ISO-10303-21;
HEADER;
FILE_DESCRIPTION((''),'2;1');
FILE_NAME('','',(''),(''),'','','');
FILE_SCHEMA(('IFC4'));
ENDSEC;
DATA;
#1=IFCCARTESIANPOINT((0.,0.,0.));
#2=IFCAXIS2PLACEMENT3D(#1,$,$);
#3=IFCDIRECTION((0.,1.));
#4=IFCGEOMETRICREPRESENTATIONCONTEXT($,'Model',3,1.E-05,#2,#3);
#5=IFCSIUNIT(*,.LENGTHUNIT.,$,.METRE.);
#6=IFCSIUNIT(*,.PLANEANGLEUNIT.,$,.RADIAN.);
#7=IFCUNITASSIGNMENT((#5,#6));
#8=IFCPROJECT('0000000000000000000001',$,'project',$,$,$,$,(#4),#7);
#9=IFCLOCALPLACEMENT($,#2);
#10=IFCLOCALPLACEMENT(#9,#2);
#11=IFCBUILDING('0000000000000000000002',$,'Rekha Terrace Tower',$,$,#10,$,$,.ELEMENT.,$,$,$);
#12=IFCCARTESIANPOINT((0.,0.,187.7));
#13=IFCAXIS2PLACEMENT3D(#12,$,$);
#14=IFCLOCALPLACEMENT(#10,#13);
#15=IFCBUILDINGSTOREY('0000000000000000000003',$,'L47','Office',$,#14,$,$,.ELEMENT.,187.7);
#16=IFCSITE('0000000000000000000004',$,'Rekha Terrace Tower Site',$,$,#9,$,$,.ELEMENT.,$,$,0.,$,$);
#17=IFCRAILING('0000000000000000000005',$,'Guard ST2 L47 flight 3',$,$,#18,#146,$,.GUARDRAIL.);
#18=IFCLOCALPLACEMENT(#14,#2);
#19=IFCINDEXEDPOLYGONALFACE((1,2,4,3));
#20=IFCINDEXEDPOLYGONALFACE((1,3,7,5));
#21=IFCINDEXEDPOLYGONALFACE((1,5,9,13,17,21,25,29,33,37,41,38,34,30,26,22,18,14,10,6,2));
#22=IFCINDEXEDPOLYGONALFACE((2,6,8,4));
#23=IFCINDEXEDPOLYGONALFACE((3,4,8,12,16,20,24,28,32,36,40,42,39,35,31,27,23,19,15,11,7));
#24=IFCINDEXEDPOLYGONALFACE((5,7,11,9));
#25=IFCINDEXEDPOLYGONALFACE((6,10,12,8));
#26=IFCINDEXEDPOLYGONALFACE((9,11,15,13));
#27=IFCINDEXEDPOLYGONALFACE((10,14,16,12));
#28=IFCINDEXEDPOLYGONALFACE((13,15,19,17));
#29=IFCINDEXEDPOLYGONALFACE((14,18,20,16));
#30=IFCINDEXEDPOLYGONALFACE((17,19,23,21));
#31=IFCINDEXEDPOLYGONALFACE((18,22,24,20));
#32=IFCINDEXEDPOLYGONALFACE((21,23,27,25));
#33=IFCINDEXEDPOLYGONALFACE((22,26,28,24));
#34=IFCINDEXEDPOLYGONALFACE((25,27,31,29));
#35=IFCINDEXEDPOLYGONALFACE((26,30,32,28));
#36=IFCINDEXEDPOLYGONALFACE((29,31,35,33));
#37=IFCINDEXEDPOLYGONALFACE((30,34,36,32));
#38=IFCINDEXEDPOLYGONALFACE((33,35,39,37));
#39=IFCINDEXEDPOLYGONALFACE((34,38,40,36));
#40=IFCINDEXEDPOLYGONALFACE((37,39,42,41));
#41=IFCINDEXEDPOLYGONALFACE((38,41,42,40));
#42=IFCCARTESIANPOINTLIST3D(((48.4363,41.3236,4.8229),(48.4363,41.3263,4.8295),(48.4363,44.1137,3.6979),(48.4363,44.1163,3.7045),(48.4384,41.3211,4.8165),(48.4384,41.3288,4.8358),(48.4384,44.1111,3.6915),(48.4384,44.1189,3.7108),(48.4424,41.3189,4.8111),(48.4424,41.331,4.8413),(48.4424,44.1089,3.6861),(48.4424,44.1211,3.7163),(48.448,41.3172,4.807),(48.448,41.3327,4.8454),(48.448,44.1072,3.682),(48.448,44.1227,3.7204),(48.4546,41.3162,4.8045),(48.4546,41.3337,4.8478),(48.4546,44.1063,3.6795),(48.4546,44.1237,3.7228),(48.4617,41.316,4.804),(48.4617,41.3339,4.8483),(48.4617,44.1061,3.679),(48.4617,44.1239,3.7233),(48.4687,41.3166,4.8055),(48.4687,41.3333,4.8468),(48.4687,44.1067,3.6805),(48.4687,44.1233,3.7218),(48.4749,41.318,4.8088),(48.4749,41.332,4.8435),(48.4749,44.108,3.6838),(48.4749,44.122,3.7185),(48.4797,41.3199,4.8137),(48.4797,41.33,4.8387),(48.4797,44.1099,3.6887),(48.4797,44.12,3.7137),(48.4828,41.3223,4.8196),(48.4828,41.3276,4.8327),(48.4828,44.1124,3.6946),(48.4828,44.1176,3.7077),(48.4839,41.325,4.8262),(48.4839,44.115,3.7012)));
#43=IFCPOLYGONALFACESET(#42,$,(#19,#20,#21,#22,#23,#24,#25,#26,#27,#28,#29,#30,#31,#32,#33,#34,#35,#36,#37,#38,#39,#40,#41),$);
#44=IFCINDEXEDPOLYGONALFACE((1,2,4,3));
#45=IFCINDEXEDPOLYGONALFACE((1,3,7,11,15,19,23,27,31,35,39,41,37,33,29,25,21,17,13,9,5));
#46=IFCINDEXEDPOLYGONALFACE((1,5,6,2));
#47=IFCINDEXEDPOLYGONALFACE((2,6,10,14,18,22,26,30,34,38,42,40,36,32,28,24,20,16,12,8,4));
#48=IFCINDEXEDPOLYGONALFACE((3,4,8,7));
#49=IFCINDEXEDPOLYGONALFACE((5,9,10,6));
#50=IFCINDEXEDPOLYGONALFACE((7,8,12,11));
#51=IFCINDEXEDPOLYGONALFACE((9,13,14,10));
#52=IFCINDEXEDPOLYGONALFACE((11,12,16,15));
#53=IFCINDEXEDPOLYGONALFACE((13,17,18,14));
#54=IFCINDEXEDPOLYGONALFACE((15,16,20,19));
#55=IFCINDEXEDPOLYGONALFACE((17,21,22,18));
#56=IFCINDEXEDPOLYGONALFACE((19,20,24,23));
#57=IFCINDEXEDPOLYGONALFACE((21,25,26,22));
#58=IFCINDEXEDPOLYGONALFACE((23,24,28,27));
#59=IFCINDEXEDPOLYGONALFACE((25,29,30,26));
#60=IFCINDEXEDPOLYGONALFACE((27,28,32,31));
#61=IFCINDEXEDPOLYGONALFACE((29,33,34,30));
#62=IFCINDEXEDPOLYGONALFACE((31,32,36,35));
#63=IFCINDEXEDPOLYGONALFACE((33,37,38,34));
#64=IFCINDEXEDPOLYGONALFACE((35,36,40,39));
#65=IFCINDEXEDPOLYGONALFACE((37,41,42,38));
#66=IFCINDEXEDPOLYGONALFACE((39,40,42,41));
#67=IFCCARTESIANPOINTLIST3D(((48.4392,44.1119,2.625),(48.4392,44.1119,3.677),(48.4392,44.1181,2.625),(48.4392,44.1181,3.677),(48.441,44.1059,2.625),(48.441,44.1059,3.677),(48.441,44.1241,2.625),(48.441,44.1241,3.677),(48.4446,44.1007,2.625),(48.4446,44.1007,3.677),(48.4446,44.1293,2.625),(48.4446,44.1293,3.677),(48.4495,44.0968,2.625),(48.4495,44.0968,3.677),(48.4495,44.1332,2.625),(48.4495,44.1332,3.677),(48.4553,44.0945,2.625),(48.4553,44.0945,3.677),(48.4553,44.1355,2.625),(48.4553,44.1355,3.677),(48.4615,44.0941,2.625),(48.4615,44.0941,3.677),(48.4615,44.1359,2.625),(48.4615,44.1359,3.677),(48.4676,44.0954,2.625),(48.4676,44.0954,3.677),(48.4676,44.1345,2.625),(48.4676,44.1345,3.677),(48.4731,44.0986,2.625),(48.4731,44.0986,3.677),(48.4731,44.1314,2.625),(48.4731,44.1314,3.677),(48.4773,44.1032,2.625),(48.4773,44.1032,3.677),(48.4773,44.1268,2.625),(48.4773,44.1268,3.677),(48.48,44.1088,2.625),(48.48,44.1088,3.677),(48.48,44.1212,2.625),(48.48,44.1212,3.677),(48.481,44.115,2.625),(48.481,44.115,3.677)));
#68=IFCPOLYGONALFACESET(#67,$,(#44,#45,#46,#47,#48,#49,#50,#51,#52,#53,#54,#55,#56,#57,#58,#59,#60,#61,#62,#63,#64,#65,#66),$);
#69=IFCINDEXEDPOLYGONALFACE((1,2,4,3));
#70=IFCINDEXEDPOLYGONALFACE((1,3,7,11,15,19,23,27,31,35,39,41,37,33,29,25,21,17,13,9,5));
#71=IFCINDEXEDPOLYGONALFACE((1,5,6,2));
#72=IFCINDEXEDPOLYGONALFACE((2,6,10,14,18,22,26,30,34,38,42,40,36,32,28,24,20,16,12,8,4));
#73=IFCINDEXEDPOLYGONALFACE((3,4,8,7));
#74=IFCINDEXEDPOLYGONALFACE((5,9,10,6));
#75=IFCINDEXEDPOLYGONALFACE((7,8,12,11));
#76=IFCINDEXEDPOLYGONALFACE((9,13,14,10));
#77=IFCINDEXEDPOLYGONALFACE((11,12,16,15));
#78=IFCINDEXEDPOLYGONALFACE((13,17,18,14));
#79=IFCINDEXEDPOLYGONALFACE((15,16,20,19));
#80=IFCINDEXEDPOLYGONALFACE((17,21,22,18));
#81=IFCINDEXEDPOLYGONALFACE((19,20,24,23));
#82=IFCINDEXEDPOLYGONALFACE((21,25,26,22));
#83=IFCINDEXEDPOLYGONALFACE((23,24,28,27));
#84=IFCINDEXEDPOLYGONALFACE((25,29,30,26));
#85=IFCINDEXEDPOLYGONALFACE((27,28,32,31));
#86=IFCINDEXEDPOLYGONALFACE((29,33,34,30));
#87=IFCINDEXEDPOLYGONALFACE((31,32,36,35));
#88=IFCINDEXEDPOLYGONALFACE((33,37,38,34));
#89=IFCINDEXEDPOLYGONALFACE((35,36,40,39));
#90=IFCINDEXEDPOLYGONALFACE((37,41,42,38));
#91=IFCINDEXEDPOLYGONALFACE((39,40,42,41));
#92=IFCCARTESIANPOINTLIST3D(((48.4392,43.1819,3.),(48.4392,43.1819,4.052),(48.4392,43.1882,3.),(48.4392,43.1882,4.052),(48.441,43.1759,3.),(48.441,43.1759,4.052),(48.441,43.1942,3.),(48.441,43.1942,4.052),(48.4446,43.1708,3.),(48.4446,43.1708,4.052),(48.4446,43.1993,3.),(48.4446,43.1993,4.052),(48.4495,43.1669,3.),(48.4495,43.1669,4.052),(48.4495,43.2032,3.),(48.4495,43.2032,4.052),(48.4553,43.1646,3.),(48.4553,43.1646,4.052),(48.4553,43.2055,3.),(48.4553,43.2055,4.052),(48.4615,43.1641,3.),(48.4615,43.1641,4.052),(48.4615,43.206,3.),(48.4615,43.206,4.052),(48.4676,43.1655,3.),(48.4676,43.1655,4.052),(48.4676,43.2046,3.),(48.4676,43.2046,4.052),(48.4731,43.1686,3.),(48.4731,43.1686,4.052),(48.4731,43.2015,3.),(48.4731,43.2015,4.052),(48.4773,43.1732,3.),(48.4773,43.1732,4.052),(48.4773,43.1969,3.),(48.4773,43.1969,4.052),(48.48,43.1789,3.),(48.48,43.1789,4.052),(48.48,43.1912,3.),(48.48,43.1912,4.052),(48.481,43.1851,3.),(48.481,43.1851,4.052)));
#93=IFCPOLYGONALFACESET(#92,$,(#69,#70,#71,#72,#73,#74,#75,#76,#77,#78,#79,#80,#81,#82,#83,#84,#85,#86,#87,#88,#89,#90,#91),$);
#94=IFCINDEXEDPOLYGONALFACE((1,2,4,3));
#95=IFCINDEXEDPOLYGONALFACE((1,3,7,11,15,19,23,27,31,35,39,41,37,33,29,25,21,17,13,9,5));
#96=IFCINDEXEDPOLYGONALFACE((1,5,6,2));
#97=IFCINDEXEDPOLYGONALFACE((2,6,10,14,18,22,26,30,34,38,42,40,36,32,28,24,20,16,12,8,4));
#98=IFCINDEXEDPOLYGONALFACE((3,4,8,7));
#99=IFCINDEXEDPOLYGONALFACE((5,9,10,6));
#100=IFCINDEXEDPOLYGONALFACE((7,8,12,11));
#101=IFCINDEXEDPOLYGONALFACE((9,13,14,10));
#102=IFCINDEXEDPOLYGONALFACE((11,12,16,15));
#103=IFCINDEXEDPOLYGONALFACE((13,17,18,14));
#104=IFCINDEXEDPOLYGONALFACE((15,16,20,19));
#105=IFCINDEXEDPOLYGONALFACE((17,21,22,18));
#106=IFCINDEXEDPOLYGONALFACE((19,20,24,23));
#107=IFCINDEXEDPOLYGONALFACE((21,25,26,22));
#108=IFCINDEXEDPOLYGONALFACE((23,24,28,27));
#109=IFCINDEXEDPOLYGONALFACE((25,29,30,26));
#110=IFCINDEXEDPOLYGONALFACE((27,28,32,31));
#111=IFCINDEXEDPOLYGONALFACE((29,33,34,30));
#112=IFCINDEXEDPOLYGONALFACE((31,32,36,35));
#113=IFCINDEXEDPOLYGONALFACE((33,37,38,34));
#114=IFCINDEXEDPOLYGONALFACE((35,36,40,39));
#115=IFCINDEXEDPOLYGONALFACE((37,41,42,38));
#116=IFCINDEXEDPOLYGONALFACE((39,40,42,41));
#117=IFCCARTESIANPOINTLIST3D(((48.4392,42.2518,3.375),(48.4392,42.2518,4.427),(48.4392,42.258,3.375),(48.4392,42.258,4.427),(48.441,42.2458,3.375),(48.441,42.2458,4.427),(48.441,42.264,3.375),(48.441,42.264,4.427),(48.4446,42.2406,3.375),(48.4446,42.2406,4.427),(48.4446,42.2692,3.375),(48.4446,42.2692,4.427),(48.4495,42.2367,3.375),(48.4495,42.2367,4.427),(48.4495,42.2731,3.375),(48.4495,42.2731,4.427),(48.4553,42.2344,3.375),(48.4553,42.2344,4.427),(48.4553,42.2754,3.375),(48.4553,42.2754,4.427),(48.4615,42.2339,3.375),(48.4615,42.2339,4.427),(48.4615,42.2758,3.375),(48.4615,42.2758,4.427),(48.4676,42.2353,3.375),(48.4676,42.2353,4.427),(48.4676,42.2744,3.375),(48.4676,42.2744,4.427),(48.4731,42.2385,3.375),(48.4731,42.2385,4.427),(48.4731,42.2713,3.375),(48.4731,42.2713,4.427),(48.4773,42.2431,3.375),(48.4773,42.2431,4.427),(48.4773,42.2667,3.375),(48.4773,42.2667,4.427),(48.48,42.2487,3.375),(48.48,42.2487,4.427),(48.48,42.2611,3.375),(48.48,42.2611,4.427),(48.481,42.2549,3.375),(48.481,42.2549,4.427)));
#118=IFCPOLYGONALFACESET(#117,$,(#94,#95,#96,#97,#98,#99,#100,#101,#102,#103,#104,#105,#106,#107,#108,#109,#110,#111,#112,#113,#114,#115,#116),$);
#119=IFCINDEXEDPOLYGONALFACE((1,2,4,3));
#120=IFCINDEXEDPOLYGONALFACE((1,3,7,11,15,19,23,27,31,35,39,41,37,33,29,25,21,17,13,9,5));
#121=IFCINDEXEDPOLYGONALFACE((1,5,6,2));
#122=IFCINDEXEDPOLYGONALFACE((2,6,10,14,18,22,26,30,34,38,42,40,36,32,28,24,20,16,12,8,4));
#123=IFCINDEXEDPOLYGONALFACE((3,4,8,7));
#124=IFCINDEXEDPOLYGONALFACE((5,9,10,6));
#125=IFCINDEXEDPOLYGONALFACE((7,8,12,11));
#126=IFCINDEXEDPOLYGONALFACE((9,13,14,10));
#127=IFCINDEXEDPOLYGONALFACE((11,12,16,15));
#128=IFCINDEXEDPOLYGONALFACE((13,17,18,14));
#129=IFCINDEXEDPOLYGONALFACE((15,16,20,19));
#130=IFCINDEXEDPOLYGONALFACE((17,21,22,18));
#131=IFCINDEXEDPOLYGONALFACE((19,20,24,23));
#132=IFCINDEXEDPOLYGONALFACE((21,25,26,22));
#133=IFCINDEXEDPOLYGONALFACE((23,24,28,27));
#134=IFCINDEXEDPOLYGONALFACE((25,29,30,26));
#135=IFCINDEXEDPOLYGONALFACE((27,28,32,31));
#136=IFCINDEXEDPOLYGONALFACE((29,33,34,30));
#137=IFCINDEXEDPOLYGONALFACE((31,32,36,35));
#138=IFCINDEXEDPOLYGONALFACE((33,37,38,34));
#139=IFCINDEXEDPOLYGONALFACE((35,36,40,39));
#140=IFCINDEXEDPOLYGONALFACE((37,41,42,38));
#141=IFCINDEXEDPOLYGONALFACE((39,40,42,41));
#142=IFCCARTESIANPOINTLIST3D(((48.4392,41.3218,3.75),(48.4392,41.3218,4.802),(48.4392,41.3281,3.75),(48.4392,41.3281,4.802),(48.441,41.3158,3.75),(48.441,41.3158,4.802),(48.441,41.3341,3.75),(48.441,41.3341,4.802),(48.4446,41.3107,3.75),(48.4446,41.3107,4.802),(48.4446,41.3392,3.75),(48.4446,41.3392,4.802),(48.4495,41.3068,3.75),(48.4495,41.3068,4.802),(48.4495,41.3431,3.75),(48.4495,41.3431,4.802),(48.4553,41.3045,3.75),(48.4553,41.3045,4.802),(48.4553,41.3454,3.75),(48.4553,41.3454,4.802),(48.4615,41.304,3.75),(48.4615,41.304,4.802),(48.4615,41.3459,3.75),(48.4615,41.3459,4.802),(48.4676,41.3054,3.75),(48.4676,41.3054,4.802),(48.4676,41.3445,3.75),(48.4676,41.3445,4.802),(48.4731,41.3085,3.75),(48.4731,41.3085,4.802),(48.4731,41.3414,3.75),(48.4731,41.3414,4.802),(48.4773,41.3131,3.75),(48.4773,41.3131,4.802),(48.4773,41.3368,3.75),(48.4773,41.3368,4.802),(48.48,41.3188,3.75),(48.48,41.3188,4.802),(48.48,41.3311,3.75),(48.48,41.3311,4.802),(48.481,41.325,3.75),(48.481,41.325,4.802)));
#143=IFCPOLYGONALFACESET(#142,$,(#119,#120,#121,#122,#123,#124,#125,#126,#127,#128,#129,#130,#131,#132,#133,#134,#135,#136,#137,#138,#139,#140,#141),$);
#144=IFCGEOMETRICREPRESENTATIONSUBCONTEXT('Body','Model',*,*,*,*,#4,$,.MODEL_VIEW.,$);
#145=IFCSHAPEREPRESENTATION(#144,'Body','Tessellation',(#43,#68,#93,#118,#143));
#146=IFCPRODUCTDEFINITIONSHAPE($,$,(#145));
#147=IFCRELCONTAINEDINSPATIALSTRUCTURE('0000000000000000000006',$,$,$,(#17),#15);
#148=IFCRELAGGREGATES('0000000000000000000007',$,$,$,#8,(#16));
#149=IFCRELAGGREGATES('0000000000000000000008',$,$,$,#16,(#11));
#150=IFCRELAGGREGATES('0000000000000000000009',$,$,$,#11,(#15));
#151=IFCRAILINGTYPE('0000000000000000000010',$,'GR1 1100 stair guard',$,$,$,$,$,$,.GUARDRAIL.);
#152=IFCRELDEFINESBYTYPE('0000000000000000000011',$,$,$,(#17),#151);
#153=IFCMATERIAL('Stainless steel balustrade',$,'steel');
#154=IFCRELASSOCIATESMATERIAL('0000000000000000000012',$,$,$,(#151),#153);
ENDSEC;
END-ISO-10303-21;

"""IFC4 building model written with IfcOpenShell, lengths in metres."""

from ifc_helpers import new_model, si_unit, direction, frame, origin, origin_2d, place, context, subcontext, project, spatial, circle, extrude, material, type_object, element, save


model = new_model("IFC4")

# Units and contexts
model_context = context("Model", 3, precision=1e-05, world=origin(), true_north=direction((0.0, 1.0)))
body_context = subcontext(model_context, "Body", "Model", "MODEL_VIEW")
ifc_project = project(units=[si_unit("LENGTHUNIT", "METRE"), si_unit("PLANEANGLEUNIT", "RADIAN")], contexts=[model_context])

# Site, building, storey
site_placement = place(None, origin())
site = spatial("IfcSite", under=ifc_project, at=site_placement, Name="Rekha Terrace Tower Site", CompositionType="ELEMENT", RefElevation=0.0)
building_placement = place(site_placement, origin())
building = spatial("IfcBuilding", under=site, at=building_placement, Name="Rekha Terrace Tower", CompositionType="ELEMENT")
storey_placement = place(building_placement, frame((0.0, 0.0, 187.7)))
storey = spatial("IfcBuildingStorey", under=building, at=storey_placement, Name="L47", Description="Office", CompositionType="ELEMENT", Elevation=187.7)

# Railing
ifc_material_1 = material(Name="Stainless steel balustrade", Category="steel")
railing_type_1 = type_object("IfcRailingType", Name="GR1 1100 stair guard", PredefinedType="GUARDRAIL", material=ifc_material_1)
railing_1_placement = place(storey_placement, frame((48.46, 44.115, 2.625)))
element("IfcRailing", 1, at=railing_1_placement, inside=storey, type_object=railing_type_1, Name="Guard ST2 L47 flight 3", PredefinedType="GUARDRAIL", context=body_context, shape_type="SweptSolid", body=[
    extrude(circle(Radius=0.0239, at=origin_2d()), frame((0.0, 0.0, 1.0762), z_axis=(0.0, -0.927443, 0.373964), x_axis=(1.0, 0.0, 0.0)), (0.0, 0.0, 1.0), 3.0083),
    extrude(circle(Radius=0.021, at=origin_2d()), origin(), (0.0, 0.0, 1.0), 1.052),
    extrude(circle(Radius=0.021, at=origin_2d()), frame((0.0, -0.9299, 0.375)), (0.0, 0.0, 1.0), 1.052),
    extrude(circle(Radius=0.021, at=origin_2d()), frame((0.0, -1.8601, 0.75)), (0.0, 0.0, 1.0), 1.052),
    extrude(circle(Radius=0.021, at=origin_2d()), frame((0.0, -2.79, 1.125)), (0.0, 0.0, 1.0), 1.052),
])

save(model, "model.ifc")
